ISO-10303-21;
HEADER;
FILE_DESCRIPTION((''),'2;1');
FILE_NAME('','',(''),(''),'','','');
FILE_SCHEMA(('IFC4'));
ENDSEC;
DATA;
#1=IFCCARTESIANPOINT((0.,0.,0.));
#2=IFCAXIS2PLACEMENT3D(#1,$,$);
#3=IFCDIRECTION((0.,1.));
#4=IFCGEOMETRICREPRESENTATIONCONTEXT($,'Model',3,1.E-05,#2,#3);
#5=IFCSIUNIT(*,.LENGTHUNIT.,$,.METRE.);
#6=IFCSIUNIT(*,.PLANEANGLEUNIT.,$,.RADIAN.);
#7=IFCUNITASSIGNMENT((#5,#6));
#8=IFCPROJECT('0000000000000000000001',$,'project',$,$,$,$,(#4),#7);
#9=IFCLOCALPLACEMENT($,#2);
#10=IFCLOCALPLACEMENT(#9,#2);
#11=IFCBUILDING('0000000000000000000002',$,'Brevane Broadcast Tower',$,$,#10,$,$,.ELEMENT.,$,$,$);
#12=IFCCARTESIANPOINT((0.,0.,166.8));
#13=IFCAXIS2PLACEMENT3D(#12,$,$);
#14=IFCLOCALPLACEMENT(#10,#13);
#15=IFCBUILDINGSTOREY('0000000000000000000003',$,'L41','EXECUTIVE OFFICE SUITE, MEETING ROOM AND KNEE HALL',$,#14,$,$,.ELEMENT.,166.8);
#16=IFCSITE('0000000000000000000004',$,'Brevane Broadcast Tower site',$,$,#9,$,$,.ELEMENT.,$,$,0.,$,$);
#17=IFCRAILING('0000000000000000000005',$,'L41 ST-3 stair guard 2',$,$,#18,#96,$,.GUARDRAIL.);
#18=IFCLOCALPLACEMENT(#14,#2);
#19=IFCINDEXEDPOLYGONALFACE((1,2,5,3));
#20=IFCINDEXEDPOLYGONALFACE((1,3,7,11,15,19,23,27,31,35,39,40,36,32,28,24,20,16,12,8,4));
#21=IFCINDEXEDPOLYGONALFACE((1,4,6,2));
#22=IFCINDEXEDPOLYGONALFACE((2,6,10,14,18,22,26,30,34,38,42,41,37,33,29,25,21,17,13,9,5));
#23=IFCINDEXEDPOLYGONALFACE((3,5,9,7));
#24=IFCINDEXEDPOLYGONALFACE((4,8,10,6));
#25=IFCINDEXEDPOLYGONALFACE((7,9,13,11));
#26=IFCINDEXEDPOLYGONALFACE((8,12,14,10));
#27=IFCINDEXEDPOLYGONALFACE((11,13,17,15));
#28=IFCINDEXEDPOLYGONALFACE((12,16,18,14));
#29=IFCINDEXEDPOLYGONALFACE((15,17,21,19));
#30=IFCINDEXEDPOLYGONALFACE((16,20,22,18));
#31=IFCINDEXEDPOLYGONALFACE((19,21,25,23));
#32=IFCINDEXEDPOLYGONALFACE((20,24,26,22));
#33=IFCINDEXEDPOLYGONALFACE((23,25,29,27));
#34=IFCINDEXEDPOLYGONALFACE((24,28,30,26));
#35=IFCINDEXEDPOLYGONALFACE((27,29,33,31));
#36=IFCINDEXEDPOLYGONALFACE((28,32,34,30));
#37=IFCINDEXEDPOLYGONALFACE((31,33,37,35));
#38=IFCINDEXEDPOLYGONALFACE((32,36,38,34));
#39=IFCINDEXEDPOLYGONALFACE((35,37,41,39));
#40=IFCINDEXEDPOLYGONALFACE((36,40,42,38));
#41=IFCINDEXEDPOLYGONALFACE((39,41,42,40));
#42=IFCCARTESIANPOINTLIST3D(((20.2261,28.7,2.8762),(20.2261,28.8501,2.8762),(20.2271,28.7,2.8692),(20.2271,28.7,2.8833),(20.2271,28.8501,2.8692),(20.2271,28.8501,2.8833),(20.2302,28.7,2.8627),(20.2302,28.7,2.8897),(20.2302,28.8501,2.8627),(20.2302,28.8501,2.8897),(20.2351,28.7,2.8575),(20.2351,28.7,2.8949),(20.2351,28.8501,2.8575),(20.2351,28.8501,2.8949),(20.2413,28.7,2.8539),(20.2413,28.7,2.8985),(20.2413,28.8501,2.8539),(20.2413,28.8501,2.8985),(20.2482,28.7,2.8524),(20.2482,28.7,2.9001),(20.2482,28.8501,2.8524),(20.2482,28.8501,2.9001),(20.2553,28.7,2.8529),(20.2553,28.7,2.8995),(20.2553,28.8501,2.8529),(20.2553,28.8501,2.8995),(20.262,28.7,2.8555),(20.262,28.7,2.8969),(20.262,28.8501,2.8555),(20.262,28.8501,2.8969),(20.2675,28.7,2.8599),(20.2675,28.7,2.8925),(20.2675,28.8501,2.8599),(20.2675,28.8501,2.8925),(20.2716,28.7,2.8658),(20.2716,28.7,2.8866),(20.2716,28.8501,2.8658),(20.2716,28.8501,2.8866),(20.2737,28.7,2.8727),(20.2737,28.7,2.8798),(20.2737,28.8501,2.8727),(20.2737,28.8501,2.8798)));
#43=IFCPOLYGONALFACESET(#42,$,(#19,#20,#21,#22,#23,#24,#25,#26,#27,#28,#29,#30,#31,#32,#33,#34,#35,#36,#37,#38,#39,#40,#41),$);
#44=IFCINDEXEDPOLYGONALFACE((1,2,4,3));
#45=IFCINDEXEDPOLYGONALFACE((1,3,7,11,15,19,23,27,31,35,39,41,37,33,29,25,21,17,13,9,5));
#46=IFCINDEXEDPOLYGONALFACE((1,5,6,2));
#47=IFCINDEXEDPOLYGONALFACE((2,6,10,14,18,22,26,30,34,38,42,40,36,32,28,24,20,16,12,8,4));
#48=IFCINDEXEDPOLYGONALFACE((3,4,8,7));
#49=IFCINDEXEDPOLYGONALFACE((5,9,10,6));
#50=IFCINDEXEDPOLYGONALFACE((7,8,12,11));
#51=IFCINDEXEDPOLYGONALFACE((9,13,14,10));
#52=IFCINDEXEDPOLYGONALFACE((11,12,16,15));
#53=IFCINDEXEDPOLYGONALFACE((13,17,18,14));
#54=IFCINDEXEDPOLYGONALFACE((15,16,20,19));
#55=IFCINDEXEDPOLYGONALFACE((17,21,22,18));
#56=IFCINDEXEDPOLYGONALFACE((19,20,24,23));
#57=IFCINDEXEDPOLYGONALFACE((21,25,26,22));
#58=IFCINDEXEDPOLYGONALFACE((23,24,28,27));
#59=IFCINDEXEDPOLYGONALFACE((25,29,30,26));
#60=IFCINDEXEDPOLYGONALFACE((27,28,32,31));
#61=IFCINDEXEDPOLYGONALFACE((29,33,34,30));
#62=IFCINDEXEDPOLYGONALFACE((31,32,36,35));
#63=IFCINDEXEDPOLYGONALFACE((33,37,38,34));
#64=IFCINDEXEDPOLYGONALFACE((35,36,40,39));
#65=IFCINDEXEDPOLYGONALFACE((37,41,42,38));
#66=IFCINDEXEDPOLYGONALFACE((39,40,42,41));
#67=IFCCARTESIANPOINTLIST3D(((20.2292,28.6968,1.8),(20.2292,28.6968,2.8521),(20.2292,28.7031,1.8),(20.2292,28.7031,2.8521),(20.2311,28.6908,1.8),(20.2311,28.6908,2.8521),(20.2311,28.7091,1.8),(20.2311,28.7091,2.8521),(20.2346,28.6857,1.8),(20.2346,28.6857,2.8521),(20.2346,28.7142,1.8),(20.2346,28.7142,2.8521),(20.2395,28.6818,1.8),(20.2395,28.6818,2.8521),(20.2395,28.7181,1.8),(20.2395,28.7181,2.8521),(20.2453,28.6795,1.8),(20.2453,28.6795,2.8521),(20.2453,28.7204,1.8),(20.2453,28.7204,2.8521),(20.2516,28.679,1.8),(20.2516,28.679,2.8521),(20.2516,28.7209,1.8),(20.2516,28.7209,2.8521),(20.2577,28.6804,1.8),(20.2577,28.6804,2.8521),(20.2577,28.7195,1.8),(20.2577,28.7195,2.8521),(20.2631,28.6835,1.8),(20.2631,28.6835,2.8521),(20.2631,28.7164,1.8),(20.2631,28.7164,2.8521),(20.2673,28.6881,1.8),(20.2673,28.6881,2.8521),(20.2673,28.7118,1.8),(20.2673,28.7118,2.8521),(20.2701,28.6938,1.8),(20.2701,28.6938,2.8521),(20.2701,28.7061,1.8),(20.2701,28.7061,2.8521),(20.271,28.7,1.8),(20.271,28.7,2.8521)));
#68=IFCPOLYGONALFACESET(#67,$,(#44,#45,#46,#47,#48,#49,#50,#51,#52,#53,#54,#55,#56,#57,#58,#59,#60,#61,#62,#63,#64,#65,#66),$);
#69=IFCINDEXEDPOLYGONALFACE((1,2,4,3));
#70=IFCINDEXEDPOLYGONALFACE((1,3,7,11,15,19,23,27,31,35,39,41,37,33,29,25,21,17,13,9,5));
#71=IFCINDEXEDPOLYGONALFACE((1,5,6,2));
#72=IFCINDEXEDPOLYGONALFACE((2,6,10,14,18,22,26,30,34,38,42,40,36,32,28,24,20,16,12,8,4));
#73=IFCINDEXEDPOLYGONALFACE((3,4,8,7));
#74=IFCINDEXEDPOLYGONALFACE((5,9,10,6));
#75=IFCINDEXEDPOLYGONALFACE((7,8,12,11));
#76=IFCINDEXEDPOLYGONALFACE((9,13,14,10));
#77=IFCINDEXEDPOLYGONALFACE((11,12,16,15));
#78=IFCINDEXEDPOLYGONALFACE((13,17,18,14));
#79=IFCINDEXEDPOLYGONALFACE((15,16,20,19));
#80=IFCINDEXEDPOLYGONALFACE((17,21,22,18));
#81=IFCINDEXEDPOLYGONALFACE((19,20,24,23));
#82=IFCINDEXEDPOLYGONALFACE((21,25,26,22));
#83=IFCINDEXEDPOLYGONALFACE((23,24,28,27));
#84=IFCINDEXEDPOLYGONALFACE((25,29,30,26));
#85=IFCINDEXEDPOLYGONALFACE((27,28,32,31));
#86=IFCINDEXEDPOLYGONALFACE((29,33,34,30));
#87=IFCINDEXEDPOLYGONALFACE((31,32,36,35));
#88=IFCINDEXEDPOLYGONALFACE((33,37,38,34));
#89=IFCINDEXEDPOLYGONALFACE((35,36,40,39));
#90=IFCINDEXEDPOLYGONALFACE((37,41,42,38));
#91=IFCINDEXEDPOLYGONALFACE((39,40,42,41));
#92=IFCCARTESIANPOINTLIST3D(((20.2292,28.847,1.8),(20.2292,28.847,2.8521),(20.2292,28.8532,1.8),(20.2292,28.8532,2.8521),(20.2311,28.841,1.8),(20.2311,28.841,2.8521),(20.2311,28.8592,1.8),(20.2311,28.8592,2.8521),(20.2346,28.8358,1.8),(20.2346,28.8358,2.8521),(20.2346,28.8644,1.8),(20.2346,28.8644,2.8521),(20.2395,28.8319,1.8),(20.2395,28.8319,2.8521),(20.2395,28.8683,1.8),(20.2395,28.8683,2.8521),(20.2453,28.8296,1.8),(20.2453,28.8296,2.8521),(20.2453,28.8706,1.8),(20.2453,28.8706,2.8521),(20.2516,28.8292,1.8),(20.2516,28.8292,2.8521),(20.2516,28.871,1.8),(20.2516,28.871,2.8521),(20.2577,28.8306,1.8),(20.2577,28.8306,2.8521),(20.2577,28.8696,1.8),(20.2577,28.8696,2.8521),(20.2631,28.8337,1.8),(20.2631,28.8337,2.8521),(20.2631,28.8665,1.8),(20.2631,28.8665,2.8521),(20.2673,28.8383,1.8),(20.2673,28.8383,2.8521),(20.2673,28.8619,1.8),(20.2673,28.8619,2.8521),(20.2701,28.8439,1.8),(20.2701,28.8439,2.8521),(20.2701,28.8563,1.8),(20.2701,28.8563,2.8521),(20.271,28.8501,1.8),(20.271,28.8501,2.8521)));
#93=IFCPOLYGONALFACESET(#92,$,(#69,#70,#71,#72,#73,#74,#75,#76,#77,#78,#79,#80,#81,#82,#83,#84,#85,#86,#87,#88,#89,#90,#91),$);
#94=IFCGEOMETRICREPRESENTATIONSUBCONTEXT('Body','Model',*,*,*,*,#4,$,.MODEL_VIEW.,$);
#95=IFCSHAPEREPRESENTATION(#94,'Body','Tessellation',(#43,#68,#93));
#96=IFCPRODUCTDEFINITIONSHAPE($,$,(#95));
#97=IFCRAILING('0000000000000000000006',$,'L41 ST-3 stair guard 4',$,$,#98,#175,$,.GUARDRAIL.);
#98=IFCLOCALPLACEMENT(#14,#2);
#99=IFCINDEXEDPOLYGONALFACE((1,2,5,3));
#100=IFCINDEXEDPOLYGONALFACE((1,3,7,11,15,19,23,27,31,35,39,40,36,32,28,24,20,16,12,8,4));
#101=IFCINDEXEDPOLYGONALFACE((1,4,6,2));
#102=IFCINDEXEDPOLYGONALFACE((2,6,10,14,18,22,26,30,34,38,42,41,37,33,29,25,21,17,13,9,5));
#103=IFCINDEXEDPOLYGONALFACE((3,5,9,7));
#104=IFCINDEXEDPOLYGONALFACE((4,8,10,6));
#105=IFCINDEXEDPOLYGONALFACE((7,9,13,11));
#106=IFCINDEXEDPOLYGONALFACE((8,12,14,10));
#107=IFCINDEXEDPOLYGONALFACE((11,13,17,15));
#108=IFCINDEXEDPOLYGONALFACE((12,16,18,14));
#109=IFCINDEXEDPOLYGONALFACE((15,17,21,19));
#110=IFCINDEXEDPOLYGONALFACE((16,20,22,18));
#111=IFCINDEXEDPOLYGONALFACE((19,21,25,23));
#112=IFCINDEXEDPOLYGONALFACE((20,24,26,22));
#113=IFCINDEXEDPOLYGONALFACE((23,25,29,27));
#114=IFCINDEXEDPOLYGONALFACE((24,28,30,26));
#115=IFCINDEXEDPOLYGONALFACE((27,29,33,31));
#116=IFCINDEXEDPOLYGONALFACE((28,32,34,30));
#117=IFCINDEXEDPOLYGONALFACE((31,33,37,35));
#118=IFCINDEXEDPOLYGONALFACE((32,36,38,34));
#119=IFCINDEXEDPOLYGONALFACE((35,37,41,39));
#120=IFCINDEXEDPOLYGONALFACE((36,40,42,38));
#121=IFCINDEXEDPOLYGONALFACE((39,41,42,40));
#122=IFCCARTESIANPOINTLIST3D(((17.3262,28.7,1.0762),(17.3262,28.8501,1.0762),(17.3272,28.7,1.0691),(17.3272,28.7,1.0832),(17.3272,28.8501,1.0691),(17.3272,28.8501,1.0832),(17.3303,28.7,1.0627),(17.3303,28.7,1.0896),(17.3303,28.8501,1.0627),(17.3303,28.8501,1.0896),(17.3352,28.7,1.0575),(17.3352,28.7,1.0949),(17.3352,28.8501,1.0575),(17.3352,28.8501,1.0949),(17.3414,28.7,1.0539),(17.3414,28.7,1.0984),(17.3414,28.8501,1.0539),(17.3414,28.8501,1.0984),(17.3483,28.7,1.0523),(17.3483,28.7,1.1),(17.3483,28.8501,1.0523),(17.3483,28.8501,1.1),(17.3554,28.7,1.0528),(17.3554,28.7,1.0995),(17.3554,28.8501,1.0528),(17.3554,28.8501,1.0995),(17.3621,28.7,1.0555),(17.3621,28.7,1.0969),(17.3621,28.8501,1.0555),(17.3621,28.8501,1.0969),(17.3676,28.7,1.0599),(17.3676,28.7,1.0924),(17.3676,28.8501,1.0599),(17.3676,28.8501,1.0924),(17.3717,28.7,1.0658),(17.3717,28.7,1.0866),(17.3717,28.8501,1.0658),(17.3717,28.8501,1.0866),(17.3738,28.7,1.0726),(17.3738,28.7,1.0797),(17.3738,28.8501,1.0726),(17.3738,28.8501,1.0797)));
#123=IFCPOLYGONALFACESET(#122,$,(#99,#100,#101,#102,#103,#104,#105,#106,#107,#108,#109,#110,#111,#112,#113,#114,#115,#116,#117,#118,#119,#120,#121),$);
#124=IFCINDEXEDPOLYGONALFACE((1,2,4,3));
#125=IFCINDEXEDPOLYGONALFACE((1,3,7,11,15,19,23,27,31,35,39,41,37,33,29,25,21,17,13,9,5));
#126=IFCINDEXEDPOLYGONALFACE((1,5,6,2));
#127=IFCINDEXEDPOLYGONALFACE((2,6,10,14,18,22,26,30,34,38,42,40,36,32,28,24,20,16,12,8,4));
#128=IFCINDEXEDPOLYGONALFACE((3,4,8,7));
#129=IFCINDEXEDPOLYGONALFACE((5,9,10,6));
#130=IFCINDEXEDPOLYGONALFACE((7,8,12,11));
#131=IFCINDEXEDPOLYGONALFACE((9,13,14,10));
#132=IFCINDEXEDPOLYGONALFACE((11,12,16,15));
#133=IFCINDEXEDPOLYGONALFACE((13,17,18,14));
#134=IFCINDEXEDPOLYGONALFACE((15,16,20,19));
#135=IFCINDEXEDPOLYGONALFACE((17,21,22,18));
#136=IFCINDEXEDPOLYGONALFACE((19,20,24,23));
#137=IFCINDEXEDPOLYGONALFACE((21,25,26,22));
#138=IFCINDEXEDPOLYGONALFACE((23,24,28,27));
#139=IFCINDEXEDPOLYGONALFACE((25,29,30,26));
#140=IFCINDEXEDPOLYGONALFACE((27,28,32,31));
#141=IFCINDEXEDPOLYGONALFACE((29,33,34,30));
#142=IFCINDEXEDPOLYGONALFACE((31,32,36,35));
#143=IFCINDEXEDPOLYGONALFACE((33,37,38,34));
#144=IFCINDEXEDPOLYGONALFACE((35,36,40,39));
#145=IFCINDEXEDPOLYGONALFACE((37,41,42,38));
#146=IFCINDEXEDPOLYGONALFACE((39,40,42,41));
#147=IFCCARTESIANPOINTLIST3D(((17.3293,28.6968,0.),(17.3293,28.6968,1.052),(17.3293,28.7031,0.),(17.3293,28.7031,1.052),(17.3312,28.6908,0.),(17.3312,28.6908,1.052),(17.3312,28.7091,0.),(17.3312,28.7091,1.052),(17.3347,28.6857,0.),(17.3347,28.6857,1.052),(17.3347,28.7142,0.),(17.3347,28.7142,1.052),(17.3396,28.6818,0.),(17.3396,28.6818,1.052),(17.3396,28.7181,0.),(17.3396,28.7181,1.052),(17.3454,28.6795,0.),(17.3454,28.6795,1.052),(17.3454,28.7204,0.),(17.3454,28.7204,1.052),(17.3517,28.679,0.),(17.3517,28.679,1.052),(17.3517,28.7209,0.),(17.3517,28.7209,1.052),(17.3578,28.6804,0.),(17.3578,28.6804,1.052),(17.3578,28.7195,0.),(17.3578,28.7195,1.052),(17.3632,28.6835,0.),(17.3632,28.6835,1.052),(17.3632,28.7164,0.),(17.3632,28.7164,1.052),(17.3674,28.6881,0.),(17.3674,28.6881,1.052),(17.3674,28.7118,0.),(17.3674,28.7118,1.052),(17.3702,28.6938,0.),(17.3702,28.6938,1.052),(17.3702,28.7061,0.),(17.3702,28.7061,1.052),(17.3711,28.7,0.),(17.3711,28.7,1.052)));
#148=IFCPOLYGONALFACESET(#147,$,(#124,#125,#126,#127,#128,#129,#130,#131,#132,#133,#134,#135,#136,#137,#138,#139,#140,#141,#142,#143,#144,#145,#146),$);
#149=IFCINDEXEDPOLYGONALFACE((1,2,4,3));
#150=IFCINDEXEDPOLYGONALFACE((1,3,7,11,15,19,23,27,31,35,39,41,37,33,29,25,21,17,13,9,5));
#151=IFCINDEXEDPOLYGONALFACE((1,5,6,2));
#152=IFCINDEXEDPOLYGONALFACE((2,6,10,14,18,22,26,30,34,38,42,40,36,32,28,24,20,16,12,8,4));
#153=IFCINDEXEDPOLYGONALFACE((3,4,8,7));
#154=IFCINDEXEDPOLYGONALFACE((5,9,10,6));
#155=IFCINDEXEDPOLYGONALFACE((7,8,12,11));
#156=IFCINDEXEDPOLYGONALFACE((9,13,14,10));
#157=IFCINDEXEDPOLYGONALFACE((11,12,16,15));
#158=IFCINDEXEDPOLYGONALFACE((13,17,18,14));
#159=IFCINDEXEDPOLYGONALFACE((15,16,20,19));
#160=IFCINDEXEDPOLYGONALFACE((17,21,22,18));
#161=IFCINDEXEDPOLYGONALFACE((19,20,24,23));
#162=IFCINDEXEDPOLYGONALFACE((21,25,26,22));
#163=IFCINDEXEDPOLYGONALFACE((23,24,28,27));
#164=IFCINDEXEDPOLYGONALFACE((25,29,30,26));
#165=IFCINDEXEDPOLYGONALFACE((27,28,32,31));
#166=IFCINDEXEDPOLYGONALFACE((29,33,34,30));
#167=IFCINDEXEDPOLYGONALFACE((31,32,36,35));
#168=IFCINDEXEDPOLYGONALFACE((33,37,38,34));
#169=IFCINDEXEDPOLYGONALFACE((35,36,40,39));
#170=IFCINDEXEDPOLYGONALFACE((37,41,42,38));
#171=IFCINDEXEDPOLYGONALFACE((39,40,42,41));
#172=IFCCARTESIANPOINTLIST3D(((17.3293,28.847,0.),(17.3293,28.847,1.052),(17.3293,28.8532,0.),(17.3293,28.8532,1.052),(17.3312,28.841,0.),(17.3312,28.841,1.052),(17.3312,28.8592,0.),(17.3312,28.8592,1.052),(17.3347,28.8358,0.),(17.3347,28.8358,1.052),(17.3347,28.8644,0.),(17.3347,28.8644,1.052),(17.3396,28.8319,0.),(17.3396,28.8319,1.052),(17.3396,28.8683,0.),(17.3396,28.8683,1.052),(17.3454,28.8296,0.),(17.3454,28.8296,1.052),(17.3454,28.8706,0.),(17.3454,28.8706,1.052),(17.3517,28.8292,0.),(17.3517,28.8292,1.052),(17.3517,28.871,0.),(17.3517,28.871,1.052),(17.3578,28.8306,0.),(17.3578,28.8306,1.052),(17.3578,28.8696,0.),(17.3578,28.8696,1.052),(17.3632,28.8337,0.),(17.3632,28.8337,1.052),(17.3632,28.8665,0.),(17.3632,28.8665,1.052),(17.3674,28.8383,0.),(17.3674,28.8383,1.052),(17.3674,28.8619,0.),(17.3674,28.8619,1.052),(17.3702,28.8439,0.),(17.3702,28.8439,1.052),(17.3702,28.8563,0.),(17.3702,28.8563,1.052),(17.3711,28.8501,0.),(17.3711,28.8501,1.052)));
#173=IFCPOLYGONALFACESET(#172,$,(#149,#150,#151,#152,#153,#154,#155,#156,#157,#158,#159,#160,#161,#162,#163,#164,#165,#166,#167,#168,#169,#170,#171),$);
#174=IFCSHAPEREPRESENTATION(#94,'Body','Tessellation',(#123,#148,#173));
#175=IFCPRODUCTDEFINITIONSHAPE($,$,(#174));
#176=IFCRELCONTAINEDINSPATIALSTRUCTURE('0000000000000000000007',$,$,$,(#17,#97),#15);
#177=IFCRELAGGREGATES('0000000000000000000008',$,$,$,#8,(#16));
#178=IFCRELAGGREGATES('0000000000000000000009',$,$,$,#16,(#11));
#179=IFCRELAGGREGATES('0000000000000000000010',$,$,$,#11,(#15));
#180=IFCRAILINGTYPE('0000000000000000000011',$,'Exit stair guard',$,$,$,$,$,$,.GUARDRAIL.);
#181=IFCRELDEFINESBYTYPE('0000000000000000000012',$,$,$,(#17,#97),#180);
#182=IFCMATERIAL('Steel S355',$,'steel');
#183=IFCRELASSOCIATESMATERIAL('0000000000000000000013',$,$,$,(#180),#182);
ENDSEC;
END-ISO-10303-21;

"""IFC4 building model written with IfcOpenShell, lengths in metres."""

from ifc_helpers import new_model, si_unit, direction, frame, origin, origin_2d, place, context, subcontext, project, spatial, circle, extrude, material, type_object, element, save


model = new_model("IFC4")

# Units and contexts
model_context = context("Model", 3, precision=1e-05, world=origin(), true_north=direction((0.0, 1.0)))
body_context = subcontext(model_context, "Body", "Model", "MODEL_VIEW")
ifc_project = project(units=[si_unit("LENGTHUNIT", "METRE"), si_unit("PLANEANGLEUNIT", "RADIAN")], contexts=[model_context])

# Site, building, storey
site_placement = place(None, origin())
site = spatial("IfcSite", under=ifc_project, at=site_placement, Name="Brevane Broadcast Tower site", CompositionType="ELEMENT", RefElevation=0.0)
building_placement = place(site_placement, origin())
building = spatial("IfcBuilding", under=site, at=building_placement, Name="Brevane Broadcast Tower", CompositionType="ELEMENT")
storey_placement = place(building_placement, frame((0.0, 0.0, 166.8)))
storey = spatial("IfcBuildingStorey", under=building, at=storey_placement, Name="L41", Description="EXECUTIVE OFFICE SUITE, MEETING ROOM AND KNEE HALL", CompositionType="ELEMENT", Elevation=166.8)

# Railings
ifc_material_1 = material(Name="Steel S355", Category="steel")
railing_type_1 = type_object("IfcRailingType", Name="Exit stair guard", PredefinedType="GUARDRAIL", material=ifc_material_1)
for number, where, name in (
    (1, (20.25, 28.7, 1.8), "L41 ST-3 stair guard 2"),
    (2, (17.3501, 28.7, 0.0), "L41 ST-3 stair guard 4"),
):
    element("IfcRailing", number, at=place(storey_placement, frame(where)), inside=storey, type_object=railing_type_1, Name=name, PredefinedType="GUARDRAIL", context=body_context, shape_type="SweptSolid", body=[
        extrude(circle(Radius=0.0239, at=origin_2d()), frame((0.0, 0.0, 1.0762), z_axis=(0.0, 1.0, 0.0), x_axis=(-1.0, 0.0, 0.0)), (0.0, 0.0, 1.0), 0.1501),
        extrude(circle(Radius=0.021, at=origin_2d()), origin(), (0.0, 0.0, 1.0), 1.052),
        extrude(circle(Radius=0.021, at=origin_2d()), frame((0.0, 0.1501, 0.0)), (0.0, 0.0, 1.0), 1.052),
    ])

save(model, "model.ifc")
